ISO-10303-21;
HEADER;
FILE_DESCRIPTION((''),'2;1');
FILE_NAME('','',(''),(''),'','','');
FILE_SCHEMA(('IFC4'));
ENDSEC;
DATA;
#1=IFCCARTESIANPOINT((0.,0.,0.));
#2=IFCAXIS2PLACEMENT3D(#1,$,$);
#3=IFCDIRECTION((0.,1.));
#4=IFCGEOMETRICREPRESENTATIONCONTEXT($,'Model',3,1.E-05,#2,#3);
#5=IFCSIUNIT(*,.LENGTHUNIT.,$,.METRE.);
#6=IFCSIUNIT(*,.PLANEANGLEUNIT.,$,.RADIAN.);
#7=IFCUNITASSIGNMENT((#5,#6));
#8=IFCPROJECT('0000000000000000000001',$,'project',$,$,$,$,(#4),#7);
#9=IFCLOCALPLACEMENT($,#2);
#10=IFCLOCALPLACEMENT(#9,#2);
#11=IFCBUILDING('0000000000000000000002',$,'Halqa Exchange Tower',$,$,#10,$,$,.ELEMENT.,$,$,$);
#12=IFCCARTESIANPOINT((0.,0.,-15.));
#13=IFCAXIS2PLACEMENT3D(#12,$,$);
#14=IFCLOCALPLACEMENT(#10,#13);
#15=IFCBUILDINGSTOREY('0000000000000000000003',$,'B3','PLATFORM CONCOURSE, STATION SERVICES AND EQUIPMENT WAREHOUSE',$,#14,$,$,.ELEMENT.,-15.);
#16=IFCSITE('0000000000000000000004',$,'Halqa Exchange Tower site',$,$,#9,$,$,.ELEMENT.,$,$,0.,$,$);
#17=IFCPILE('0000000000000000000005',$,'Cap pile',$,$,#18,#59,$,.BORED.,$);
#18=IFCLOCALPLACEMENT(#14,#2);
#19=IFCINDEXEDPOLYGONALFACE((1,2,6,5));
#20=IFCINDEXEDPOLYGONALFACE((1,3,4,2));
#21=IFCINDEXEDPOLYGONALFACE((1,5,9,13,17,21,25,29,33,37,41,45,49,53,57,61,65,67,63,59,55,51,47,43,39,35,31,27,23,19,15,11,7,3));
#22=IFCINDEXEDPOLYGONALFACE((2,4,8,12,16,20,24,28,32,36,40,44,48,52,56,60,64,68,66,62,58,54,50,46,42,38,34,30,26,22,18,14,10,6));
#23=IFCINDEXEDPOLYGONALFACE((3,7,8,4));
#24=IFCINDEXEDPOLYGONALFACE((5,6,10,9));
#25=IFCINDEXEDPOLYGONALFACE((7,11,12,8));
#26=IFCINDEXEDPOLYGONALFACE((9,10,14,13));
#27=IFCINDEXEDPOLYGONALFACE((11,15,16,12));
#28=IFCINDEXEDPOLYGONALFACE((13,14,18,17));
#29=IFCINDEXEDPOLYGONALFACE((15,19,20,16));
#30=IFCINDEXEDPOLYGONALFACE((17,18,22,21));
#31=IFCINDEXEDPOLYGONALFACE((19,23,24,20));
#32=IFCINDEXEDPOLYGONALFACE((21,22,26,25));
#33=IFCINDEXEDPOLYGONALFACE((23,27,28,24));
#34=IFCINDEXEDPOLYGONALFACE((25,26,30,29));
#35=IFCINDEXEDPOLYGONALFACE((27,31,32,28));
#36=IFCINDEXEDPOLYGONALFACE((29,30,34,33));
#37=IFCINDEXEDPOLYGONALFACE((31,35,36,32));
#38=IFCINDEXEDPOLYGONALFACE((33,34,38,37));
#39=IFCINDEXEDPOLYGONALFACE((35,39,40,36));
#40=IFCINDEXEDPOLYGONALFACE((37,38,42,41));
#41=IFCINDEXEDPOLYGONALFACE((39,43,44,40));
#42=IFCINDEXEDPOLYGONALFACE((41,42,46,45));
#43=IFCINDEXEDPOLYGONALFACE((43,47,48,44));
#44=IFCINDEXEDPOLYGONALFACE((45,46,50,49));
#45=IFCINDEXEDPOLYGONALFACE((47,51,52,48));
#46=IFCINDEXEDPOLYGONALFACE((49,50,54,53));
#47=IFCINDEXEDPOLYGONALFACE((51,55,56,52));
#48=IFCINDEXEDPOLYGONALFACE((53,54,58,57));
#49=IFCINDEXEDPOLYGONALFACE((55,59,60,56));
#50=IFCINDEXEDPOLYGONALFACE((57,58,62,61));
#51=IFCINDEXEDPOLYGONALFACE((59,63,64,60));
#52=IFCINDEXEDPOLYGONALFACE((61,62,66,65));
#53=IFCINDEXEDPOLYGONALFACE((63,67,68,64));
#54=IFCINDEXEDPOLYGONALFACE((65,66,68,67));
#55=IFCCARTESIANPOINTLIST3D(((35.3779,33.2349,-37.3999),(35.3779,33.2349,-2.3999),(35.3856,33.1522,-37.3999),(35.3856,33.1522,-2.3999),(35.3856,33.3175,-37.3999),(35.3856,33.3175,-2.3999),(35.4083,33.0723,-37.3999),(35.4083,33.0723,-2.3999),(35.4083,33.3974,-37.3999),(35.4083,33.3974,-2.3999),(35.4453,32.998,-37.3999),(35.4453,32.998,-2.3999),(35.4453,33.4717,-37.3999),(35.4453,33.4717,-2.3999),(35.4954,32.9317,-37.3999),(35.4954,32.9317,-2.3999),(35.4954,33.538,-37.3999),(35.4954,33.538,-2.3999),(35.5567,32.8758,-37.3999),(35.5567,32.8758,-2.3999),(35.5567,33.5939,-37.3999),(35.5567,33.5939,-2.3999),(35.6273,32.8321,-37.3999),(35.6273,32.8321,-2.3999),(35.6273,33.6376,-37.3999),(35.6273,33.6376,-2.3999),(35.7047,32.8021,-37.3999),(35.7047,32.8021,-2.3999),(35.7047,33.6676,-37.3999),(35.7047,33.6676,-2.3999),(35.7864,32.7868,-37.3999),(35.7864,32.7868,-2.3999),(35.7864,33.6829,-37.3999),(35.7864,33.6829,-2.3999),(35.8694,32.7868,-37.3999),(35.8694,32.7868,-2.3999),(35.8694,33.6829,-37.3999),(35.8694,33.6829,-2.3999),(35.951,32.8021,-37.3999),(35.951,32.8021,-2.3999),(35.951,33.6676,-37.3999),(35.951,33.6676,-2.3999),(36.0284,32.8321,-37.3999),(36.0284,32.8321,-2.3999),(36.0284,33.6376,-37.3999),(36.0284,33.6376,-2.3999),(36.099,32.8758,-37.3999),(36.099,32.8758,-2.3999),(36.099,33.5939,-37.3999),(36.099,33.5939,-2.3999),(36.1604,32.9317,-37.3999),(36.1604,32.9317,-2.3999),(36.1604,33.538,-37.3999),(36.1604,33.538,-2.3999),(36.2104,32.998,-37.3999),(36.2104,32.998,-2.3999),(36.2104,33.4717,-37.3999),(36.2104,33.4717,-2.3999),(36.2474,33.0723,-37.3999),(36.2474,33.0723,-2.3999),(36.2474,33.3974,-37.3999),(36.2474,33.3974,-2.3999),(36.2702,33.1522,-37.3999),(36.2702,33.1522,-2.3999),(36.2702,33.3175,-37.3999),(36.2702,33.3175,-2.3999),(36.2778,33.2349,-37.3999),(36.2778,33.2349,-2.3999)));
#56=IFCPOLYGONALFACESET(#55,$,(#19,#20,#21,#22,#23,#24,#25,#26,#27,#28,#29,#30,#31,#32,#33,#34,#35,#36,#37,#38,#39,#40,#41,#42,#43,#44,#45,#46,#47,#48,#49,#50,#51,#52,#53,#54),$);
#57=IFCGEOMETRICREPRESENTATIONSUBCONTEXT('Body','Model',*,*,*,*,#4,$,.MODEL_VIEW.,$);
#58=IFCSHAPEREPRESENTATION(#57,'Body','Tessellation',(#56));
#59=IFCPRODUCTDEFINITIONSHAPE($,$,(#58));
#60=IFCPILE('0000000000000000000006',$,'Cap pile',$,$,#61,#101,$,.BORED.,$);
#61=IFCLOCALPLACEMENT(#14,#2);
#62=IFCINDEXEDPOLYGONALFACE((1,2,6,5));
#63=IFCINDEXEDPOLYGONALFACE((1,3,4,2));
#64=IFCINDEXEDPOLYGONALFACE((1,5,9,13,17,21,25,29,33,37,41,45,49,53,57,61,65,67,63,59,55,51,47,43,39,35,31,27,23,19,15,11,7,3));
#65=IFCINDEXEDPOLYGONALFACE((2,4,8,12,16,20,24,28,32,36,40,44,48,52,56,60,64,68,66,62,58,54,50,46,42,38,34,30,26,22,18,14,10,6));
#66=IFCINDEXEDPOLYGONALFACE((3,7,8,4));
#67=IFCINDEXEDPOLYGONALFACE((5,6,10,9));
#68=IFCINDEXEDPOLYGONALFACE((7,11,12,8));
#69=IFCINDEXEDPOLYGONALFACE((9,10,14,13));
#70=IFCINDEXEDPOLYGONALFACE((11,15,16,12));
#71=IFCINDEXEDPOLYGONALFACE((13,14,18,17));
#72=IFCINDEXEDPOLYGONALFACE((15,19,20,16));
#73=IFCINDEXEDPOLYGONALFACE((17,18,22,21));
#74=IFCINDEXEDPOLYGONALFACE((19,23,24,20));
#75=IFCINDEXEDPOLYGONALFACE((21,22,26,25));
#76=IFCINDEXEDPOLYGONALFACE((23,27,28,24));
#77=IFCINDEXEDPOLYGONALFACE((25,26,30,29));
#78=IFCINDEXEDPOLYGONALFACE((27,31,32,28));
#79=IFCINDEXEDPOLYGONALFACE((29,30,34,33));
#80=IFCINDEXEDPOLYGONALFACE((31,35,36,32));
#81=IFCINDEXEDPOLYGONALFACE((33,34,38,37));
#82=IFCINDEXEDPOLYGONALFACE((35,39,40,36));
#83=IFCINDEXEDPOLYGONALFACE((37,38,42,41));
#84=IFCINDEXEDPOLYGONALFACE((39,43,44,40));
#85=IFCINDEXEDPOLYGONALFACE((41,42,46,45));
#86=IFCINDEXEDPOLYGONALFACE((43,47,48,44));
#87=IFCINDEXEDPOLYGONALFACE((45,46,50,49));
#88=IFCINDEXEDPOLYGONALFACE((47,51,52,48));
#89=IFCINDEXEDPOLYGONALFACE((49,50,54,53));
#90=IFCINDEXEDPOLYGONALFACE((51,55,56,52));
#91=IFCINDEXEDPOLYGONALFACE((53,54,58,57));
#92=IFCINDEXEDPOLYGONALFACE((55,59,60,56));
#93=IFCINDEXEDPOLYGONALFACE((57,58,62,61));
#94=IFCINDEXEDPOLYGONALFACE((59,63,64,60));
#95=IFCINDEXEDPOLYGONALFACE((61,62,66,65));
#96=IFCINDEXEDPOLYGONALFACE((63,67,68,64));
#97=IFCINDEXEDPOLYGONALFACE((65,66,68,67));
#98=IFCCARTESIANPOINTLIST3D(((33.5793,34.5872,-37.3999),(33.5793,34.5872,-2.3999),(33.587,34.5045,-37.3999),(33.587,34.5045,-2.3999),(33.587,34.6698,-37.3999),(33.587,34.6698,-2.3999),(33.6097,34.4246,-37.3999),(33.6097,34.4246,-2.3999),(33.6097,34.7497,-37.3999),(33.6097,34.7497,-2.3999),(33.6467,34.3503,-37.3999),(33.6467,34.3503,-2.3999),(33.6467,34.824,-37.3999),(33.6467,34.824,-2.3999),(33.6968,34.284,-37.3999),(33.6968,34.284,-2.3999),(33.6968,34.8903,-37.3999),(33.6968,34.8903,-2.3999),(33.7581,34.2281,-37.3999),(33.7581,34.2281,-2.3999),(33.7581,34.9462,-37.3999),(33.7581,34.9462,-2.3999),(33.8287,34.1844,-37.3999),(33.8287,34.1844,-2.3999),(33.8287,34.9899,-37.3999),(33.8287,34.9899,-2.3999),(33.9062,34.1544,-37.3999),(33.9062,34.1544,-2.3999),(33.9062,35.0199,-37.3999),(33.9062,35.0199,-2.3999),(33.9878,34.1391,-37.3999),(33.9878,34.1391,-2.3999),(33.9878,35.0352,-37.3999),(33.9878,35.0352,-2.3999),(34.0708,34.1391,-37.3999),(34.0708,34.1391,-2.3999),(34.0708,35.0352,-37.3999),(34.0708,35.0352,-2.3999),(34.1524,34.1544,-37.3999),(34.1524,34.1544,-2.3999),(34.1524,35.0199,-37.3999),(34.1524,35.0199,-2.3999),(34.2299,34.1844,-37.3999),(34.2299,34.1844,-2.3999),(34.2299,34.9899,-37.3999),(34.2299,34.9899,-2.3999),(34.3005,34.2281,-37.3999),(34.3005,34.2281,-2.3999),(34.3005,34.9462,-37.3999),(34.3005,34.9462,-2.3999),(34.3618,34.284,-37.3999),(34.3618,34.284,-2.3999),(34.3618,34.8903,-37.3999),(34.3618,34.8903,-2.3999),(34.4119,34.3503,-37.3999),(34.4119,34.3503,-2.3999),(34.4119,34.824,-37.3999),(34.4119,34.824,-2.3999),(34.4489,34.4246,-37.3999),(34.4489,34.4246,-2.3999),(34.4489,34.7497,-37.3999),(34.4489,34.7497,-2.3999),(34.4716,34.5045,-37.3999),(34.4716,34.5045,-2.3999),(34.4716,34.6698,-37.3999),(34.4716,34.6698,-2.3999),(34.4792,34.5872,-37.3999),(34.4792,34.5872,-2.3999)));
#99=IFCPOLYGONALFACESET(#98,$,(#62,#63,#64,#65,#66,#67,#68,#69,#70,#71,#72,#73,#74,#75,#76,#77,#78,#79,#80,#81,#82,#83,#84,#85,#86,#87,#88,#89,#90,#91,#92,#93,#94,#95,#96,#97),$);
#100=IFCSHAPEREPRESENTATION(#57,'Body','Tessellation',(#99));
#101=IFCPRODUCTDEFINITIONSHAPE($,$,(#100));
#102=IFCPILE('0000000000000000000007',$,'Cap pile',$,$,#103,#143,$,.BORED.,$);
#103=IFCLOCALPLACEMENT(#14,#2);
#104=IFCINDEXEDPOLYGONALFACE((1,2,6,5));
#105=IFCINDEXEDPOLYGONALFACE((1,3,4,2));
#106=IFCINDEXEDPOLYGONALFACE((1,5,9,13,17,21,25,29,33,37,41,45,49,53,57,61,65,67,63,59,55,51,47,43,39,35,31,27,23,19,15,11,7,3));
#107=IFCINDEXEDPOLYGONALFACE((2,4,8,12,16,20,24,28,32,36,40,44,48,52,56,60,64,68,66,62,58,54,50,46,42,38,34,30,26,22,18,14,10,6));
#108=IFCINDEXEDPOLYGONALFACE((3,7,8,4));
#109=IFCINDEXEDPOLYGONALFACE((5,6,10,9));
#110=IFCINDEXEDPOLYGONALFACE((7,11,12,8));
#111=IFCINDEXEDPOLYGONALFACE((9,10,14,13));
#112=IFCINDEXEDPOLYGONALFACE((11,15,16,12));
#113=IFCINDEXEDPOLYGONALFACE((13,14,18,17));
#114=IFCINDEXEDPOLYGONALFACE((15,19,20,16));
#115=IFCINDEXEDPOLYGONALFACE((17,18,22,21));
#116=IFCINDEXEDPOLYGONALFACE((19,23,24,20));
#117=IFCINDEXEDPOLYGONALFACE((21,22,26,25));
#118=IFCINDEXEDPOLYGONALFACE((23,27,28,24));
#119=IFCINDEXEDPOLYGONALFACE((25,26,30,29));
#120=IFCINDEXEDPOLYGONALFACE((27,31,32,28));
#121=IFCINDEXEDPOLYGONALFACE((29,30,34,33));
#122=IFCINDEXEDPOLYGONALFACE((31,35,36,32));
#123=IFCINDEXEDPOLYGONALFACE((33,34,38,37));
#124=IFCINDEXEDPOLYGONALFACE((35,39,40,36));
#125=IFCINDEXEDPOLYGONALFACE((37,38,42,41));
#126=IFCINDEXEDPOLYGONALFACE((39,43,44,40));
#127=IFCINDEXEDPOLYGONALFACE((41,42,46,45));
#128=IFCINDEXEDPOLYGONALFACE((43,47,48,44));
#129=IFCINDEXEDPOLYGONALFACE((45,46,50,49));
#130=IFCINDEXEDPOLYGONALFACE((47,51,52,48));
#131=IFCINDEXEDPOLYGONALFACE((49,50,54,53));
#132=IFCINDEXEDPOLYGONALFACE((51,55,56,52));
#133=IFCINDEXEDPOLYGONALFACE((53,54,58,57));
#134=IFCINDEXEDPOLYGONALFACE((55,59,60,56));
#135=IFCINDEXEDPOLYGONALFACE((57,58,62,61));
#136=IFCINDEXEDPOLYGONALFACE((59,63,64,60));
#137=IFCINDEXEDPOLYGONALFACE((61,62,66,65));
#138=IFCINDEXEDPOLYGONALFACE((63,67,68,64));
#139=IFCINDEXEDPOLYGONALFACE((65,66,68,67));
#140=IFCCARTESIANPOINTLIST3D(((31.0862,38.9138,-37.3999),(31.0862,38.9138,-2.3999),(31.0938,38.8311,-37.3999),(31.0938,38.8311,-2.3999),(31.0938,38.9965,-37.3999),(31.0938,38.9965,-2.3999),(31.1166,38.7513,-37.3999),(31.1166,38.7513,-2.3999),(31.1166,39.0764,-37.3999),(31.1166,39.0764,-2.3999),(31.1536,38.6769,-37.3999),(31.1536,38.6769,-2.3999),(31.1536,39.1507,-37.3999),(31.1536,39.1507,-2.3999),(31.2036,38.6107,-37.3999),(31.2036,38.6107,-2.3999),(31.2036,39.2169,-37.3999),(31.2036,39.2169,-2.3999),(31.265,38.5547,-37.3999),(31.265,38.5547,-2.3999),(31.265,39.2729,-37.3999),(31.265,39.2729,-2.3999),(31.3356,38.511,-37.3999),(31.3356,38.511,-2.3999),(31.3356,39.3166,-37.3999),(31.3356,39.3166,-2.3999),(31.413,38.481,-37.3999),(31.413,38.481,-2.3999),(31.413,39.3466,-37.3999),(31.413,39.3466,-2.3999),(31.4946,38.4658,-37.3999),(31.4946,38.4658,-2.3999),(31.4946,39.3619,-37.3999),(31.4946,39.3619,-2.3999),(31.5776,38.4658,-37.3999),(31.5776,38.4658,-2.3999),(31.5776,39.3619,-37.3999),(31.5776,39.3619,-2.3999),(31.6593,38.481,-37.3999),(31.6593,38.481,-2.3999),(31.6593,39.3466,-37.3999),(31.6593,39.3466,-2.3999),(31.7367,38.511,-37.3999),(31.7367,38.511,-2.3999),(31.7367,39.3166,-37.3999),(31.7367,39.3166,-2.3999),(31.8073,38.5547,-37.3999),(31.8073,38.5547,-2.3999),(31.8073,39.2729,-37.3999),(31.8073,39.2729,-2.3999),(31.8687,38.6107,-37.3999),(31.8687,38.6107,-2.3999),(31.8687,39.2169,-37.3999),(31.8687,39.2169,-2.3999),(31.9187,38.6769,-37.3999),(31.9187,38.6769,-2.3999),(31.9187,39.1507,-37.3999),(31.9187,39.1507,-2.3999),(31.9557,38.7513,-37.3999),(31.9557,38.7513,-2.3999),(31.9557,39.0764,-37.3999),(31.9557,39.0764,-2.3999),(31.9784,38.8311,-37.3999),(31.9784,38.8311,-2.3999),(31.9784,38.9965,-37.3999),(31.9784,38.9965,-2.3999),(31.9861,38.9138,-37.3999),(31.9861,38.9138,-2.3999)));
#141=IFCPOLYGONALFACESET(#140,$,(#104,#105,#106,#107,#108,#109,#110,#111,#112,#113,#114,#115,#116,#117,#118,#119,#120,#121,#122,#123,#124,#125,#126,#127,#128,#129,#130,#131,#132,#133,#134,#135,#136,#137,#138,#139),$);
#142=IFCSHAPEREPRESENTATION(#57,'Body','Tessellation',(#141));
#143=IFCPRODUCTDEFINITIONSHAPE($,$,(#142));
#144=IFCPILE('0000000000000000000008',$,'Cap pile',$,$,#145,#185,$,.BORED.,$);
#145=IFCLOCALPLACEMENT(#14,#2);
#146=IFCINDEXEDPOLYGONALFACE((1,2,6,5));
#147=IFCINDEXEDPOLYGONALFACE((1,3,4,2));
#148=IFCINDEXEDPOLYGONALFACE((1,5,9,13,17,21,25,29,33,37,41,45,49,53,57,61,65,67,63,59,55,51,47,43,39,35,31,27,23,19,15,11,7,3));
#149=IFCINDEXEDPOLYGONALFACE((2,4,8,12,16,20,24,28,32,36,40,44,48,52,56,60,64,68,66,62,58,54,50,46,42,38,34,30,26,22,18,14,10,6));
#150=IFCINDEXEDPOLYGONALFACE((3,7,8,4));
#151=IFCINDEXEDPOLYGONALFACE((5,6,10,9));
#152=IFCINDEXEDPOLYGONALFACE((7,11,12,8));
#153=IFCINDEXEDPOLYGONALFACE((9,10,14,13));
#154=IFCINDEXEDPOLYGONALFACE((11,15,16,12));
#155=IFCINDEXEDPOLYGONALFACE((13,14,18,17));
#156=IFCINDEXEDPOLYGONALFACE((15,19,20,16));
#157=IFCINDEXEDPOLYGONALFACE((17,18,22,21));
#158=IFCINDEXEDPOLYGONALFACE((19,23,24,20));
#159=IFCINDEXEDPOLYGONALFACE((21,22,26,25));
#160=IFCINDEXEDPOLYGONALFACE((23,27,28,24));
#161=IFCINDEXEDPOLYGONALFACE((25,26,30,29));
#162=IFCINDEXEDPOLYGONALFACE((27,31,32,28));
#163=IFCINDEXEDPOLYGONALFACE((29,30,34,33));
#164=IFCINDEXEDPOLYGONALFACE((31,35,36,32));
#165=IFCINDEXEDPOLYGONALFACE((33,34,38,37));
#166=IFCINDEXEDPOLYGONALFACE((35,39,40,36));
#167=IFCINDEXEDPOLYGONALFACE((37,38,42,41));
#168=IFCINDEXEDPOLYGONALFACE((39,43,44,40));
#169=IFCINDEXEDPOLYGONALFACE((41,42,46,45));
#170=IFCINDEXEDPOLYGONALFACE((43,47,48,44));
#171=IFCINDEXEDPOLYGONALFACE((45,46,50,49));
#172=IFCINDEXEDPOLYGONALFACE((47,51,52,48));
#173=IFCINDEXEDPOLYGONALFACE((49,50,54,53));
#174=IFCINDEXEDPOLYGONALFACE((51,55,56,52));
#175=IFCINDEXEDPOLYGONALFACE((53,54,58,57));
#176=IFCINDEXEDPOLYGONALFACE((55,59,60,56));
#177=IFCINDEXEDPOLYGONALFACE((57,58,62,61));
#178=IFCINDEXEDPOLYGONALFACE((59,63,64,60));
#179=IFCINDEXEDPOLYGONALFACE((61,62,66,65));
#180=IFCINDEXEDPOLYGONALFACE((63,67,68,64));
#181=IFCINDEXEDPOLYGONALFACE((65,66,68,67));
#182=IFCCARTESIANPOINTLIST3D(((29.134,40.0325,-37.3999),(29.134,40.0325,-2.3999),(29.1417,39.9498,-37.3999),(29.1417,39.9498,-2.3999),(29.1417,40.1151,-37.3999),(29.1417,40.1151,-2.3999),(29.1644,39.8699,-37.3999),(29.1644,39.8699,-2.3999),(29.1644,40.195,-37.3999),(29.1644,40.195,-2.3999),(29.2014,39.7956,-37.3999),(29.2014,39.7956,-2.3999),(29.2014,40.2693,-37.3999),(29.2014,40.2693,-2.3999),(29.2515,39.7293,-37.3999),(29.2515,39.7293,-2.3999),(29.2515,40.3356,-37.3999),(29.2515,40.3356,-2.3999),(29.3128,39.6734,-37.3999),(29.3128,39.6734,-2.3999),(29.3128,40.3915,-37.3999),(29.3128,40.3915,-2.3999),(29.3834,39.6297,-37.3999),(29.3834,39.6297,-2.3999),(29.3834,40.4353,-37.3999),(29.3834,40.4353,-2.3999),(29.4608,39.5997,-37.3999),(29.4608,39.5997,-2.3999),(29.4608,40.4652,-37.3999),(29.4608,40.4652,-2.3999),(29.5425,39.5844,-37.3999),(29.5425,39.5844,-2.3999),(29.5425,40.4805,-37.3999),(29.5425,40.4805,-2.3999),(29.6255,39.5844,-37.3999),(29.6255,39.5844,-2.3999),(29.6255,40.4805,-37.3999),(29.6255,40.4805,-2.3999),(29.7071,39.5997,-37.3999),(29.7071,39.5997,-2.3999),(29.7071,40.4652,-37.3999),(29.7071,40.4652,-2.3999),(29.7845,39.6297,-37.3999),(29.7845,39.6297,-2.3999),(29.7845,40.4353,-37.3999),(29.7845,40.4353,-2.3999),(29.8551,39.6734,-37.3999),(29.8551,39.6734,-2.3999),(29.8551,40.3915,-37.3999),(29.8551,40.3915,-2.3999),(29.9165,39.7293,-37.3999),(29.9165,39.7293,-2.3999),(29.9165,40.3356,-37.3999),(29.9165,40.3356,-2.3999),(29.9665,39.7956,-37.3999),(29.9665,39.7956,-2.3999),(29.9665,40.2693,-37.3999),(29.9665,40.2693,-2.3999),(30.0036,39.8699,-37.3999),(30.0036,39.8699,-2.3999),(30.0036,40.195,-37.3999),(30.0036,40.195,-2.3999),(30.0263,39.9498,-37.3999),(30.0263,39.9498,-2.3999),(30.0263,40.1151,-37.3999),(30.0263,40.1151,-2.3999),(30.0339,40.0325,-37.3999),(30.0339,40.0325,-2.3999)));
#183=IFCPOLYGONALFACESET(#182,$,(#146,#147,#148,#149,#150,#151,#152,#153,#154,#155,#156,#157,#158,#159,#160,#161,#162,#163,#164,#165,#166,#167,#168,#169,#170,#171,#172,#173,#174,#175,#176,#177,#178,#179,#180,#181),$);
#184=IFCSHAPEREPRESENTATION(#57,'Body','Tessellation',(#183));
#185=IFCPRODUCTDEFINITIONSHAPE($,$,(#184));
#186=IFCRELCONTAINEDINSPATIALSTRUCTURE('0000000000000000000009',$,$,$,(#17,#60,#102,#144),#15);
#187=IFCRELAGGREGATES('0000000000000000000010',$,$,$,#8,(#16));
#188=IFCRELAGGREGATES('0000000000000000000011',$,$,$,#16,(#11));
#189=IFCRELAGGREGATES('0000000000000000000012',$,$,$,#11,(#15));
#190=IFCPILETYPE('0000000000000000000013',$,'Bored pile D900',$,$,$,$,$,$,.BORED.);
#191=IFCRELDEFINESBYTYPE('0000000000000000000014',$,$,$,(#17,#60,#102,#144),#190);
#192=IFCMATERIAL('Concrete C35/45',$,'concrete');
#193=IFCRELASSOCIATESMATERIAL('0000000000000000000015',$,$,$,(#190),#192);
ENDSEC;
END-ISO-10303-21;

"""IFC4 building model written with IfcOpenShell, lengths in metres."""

from ifc_helpers import new_model, si_unit, direction, frame, origin, origin_2d, place, context, subcontext, project, spatial, circle, extrude, material, material_profile, profile_set, type_object, element, save


model = new_model("IFC4")

# Units and contexts
model_context = context("Model", 3, precision=1e-05, world=origin(), true_north=direction((0.0, 1.0)))
body_context = subcontext(model_context, "Body", "Model", "MODEL_VIEW")
ifc_project = project(units=[si_unit("LENGTHUNIT", "METRE"), si_unit("PLANEANGLEUNIT", "RADIAN")], contexts=[model_context])

# Site, building, storey
site_placement = place(None, origin())
site = spatial("IfcSite", under=ifc_project, at=site_placement, Name="Halqa Exchange Tower site", CompositionType="ELEMENT", RefElevation=0.0)
building_placement = place(site_placement, origin())
building = spatial("IfcBuilding", under=site, at=building_placement, Name="Halqa Exchange Tower", CompositionType="ELEMENT")
storey_placement = place(building_placement, frame((0.0, 0.0, -15.0)))
storey = spatial("IfcBuildingStorey", under=building, at=storey_placement, Name="B3", Description="PLATFORM CONCOURSE, STATION SERVICES AND EQUIPMENT WAREHOUSE", CompositionType="ELEMENT", Elevation=-15.0)

# Piles
ifc_material_1 = material(Name="Concrete C35/45", Category="concrete")
ifc_material_profile_1 = material_profile(ifc_material_1, circle(Radius=0.45, at=origin_2d()), Name="D900")
ifc_profile_set_1 = profile_set([ifc_material_profile_1], Name="Concrete C35/45")
pile_type = type_object("IfcPileType", Name="Bored pile D900", PredefinedType="BORED", material=ifc_profile_set_1)
for number, where, z_axis, x_axis, name in (
    (1, (35.8279, 33.2349, -2.3999), (0.0, 0.0, -1.0), (1.0, 0.0, 0.0), "Cap pile"),
    (2, (34.0293, 34.5872, -2.3999), (0.0, 0.0, -1.0), (1.0, 0.0, 0.0), "Cap pile"),
    (3, (31.5361, 38.9138, -2.3999), (0.0, 0.0, -1.0), (1.0, 0.0, 0.0), "Cap pile"),
    (4, (29.584, 40.0325, -2.3999), (0.0, 0.0, -1.0), (1.0, 0.0, 0.0), "Cap pile"),
):
    element("IfcPile", number, at=place(storey_placement, frame(where, z_axis=z_axis, x_axis=x_axis)), inside=storey, type_object=pile_type, Name=name, PredefinedType="BORED", context=body_context, shape_type="SweptSolid", body=[
        extrude(circle(Radius=0.45, at=origin_2d()), origin(), (0.0, 0.0, 1.0), 35.0),
    ])

save(model, "model.ifc")
